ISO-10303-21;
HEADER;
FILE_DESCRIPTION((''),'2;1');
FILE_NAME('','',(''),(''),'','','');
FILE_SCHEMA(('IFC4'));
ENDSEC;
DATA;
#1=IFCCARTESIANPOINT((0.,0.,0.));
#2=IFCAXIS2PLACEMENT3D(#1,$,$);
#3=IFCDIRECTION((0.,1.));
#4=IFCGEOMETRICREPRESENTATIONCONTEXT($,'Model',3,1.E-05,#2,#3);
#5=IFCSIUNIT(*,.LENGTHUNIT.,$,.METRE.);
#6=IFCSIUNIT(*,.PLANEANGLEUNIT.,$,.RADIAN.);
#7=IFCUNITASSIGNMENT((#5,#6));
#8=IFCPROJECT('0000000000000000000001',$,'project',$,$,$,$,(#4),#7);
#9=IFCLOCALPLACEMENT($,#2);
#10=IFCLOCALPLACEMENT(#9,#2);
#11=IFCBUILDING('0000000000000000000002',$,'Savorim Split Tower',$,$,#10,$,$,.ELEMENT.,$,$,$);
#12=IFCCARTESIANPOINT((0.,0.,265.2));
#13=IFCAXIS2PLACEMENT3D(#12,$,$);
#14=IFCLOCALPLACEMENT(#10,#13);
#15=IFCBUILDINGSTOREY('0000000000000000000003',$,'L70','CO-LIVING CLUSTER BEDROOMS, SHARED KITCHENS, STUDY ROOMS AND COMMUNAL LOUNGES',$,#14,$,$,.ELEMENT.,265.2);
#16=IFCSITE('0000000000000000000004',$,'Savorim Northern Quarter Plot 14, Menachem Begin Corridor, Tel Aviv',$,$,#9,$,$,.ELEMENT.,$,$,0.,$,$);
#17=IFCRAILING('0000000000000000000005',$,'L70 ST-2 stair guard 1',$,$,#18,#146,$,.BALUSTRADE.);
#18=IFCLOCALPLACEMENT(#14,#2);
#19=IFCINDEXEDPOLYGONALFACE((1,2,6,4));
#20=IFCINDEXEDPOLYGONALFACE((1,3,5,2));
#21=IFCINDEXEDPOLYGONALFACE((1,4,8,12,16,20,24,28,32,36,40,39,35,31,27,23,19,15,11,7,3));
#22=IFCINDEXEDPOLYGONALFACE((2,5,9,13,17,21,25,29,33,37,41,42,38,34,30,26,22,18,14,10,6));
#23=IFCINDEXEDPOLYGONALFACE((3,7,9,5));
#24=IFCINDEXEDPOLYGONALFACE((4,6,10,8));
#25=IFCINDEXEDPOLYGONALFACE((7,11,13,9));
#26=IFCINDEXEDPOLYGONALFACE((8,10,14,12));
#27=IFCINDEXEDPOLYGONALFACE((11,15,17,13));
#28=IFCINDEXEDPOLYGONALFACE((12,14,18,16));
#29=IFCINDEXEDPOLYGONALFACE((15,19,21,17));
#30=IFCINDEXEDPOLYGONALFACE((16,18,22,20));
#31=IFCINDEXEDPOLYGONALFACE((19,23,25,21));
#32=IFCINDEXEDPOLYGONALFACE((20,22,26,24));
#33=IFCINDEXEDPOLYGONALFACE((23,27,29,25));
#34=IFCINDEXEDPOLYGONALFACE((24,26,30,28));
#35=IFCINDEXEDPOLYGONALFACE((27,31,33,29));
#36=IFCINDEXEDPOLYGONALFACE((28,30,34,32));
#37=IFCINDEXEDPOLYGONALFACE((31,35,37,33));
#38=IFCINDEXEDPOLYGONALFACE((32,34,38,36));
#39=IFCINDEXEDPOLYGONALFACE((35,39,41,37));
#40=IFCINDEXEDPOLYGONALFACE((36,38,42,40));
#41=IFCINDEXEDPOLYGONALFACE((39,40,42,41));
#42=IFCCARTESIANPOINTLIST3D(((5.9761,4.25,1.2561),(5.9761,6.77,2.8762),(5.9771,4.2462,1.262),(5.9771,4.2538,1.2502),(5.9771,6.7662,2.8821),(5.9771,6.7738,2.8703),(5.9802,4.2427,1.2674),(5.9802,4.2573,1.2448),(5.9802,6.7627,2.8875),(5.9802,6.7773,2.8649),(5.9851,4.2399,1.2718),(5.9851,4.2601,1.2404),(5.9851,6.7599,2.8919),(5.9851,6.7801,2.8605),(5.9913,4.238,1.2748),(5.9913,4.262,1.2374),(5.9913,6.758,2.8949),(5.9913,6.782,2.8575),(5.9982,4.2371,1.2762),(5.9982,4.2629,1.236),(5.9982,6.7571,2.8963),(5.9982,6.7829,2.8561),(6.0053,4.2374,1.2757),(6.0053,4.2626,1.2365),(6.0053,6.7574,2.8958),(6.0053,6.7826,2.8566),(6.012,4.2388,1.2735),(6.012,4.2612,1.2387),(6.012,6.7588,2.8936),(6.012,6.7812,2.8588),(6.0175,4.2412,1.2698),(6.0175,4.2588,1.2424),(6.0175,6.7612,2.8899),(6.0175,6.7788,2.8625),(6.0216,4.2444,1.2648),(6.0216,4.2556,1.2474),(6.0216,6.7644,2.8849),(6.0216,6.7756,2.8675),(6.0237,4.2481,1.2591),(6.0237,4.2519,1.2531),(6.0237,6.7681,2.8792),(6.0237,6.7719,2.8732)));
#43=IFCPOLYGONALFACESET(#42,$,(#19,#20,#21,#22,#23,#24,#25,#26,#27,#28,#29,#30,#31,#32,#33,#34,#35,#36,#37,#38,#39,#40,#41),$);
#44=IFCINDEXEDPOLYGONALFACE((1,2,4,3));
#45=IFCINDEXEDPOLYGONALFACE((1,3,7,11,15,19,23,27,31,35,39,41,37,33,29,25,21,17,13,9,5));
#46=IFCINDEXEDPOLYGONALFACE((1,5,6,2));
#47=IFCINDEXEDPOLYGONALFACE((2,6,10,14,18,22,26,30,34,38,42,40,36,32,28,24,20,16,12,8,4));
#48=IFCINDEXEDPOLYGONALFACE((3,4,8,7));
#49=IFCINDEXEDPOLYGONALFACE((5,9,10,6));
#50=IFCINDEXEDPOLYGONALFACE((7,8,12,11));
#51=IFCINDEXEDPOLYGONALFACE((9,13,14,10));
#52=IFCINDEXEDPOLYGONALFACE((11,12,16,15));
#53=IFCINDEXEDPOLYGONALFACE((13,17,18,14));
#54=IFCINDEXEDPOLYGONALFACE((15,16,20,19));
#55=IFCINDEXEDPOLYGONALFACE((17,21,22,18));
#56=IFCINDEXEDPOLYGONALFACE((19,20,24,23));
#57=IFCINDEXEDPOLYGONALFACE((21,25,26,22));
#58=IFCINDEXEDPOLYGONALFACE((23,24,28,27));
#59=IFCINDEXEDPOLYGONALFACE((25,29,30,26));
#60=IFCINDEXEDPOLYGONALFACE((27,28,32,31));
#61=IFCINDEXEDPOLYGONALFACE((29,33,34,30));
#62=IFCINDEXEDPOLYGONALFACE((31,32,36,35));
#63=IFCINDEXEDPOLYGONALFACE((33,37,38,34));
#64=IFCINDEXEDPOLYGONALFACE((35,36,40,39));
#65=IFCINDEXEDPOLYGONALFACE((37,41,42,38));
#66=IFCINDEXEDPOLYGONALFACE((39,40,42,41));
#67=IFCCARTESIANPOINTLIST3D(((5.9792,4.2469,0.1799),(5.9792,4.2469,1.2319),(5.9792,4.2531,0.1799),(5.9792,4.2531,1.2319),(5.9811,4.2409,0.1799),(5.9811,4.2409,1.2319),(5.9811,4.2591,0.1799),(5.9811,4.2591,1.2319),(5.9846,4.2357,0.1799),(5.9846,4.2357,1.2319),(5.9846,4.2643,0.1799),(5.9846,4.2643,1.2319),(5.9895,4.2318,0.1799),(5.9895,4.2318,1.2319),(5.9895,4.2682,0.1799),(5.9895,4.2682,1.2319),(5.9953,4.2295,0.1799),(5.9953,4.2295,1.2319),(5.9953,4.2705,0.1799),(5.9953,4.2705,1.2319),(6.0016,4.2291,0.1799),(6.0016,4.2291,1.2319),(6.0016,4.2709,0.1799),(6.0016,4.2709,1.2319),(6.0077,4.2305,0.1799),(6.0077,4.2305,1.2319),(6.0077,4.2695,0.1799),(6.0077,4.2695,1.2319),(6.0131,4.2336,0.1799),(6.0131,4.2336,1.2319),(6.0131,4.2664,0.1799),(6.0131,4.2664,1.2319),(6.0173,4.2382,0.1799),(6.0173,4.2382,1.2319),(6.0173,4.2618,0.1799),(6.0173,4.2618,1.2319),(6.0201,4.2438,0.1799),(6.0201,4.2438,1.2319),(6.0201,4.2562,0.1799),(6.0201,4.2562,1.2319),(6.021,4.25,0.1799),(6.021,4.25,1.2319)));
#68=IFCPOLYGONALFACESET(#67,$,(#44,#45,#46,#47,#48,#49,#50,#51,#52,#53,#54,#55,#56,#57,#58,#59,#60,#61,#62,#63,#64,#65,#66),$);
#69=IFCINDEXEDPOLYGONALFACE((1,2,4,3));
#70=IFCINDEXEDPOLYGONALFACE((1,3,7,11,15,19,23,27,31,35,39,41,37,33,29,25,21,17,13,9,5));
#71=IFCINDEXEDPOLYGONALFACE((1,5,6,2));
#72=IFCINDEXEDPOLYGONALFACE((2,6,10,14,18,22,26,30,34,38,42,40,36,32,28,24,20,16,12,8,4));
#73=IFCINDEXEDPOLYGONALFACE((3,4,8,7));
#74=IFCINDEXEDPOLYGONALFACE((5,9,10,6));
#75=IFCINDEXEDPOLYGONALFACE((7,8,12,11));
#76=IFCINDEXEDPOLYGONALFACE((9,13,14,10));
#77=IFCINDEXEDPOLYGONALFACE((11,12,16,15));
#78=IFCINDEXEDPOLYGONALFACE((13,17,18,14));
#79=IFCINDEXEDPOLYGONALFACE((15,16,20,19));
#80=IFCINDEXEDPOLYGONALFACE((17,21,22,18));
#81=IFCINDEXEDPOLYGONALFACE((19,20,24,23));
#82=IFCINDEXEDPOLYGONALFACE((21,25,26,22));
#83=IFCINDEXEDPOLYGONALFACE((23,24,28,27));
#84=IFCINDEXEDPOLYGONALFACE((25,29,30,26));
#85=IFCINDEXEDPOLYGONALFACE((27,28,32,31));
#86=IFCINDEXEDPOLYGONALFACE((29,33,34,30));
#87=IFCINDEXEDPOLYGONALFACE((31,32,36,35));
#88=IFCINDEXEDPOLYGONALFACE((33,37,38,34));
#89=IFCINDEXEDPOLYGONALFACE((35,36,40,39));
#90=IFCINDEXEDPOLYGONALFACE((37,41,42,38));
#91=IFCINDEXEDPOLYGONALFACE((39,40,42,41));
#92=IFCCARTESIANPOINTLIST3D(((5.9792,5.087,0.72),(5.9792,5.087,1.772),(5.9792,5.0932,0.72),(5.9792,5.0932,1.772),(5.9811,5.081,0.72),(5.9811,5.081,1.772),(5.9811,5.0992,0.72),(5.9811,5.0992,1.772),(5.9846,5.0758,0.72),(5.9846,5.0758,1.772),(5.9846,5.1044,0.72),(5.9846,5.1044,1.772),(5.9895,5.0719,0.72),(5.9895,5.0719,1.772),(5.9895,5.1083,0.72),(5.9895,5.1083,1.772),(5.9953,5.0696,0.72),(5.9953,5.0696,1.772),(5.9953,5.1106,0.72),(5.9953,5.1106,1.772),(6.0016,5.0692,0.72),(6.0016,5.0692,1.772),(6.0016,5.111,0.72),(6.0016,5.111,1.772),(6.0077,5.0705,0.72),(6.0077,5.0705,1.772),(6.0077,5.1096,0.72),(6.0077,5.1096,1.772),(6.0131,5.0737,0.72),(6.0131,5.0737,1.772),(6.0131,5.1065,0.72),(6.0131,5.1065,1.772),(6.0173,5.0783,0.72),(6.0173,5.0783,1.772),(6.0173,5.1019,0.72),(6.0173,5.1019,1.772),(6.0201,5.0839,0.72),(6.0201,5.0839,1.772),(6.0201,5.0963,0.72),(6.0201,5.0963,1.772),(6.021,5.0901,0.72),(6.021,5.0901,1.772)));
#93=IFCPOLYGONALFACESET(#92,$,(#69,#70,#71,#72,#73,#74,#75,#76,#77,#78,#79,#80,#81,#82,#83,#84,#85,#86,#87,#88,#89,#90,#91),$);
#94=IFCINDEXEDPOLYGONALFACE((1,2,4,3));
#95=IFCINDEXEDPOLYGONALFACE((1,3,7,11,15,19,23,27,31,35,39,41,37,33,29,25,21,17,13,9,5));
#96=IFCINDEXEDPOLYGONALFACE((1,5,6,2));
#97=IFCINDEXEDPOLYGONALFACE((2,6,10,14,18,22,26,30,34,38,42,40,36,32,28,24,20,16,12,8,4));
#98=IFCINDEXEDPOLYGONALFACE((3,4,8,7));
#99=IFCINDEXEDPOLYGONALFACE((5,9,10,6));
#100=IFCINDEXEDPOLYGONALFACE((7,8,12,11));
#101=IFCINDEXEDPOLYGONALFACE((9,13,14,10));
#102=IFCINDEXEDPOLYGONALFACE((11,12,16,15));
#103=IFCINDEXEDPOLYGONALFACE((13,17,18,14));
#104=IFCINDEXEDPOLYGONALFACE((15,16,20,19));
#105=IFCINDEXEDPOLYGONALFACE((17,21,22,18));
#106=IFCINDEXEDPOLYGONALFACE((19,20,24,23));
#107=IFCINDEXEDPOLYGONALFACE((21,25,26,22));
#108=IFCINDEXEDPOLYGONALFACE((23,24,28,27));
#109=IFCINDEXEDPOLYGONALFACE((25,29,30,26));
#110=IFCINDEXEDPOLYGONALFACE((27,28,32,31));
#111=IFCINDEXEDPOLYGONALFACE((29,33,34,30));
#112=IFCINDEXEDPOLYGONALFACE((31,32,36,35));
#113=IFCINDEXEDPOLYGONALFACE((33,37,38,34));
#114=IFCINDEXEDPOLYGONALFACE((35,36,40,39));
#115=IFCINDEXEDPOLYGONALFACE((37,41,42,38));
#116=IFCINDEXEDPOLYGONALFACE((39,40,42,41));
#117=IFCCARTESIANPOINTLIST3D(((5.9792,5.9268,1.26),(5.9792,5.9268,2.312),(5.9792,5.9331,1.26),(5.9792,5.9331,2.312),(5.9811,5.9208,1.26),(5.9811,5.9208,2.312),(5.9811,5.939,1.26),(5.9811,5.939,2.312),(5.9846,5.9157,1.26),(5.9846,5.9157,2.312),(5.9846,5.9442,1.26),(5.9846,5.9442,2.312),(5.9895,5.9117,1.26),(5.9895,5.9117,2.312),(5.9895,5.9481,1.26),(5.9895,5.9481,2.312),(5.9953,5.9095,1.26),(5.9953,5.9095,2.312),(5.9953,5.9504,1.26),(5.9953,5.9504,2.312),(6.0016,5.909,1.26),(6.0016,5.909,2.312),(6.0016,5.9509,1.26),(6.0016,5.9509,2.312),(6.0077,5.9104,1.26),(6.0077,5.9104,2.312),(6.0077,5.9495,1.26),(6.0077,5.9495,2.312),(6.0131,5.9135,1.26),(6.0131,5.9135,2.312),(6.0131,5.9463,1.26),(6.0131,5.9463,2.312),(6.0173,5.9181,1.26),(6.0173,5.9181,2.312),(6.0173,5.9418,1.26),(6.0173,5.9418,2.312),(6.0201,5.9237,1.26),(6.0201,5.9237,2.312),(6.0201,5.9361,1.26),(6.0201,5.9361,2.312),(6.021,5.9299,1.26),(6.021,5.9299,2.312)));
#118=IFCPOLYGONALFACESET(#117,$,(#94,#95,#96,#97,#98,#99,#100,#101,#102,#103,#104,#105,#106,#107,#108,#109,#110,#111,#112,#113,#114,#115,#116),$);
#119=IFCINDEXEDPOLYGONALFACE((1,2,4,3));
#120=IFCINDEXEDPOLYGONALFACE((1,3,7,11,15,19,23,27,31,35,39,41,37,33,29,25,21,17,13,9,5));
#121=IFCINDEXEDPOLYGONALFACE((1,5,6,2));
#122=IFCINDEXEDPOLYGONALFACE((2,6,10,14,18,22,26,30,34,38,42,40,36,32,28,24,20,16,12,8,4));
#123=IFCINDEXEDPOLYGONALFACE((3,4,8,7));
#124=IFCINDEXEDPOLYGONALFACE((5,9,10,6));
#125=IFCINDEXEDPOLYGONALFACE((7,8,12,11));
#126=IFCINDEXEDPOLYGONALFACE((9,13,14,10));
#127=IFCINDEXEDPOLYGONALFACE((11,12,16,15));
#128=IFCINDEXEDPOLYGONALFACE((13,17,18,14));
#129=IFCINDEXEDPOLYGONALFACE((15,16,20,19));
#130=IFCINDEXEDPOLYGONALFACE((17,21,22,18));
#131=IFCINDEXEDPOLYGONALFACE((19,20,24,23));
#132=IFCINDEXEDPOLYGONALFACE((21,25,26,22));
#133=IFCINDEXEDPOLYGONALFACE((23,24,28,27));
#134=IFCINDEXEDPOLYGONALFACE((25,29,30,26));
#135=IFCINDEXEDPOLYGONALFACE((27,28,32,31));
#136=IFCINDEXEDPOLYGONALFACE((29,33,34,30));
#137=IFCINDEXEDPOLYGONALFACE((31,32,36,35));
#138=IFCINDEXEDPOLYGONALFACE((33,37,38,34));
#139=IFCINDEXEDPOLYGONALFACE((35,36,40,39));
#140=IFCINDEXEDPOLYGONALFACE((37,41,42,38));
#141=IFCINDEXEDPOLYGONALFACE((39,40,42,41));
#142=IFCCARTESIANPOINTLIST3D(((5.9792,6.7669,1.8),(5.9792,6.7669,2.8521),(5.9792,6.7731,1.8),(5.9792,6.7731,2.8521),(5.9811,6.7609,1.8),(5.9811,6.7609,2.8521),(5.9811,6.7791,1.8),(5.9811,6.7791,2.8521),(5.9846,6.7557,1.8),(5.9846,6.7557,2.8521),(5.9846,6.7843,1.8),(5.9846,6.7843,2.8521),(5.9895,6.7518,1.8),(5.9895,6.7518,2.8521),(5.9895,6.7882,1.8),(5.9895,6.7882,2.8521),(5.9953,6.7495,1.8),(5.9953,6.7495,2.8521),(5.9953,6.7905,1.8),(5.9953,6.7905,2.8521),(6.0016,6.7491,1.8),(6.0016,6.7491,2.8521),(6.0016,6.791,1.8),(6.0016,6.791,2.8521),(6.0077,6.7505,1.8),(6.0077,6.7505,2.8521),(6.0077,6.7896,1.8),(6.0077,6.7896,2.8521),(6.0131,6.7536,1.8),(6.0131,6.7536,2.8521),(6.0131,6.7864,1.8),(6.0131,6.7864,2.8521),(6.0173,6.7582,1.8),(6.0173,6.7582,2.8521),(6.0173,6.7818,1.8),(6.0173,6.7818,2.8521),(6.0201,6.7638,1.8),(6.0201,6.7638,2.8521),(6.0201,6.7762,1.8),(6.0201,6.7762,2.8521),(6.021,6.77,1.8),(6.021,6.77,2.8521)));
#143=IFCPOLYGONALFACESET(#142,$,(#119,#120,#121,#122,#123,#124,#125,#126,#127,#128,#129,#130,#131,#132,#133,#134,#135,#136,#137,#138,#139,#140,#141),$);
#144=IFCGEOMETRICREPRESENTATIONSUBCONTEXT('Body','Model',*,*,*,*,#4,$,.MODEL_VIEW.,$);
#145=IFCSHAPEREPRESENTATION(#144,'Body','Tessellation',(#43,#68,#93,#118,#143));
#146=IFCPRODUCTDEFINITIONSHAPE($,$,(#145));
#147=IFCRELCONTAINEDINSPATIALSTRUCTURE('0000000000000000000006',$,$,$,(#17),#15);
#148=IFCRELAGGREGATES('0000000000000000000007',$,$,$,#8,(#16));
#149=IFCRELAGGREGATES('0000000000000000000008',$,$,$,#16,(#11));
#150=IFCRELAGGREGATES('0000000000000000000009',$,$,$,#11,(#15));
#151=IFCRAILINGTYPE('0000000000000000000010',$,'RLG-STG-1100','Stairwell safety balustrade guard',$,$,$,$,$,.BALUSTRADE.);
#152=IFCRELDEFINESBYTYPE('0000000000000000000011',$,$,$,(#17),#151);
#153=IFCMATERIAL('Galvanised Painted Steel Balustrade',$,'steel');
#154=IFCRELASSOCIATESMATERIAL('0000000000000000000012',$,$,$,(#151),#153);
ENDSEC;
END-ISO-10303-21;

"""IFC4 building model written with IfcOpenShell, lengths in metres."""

from ifc_helpers import new_model, si_unit, direction, frame, origin, origin_2d, place, context, subcontext, project, spatial, circle, extrude, material, type_object, element, save


model = new_model("IFC4")

# Units and contexts
model_context = context("Model", 3, precision=1e-05, world=origin(), true_north=direction((0.0, 1.0)))
body_context = subcontext(model_context, "Body", "Model", "MODEL_VIEW")
ifc_project = project(units=[si_unit("LENGTHUNIT", "METRE"), si_unit("PLANEANGLEUNIT", "RADIAN")], contexts=[model_context])

# Site, building, storey
site_placement = place(None, origin())
site = spatial("IfcSite", under=ifc_project, at=site_placement, Name="Savorim Northern Quarter Plot 14, Menachem Begin Corridor, Tel Aviv", CompositionType="ELEMENT", RefElevation=0.0)
building_placement = place(site_placement, origin())
building = spatial("IfcBuilding", under=site, at=building_placement, Name="Savorim Split Tower", CompositionType="ELEMENT")
storey_placement = place(building_placement, frame((0.0, 0.0, 265.2)))
storey = spatial("IfcBuildingStorey", under=building, at=storey_placement, Name="L70", Description="CO-LIVING CLUSTER BEDROOMS, SHARED KITCHENS, STUDY ROOMS AND COMMUNAL LOUNGES", CompositionType="ELEMENT", Elevation=265.2)

# Railing
ifc_material_1 = material(Name="Galvanised Painted Steel Balustrade", Category="steel")
railing_type_1 = type_object("IfcRailingType", Name="RLG-STG-1100", Description="Stairwell safety balustrade guard", PredefinedType="BALUSTRADE", material=ifc_material_1)
railing_1_placement = place(storey_placement, frame((6.0, 4.25, 0.1799)))
element("IfcRailing", 1, at=railing_1_placement, inside=storey, type_object=railing_type_1, Name="L70 ST-2 stair guard 1", PredefinedType="BALUSTRADE", context=body_context, shape_type="SweptSolid", body=[
    extrude(circle(Radius=0.0239, at=origin_2d()), frame((0.0, 0.0, 1.0762), z_axis=(0.0, 0.841163, 0.540782), x_axis=(-1.0, 0.0, 0.0)), (0.0, 0.0, 1.0), 2.9958),
    extrude(circle(Radius=0.021, at=origin_2d()), origin(), (0.0, 0.0, 1.0), 1.052),
    extrude(circle(Radius=0.021, at=origin_2d()), frame((0.0, 0.8401, 0.54)), (0.0, 0.0, 1.0), 1.052),
    extrude(circle(Radius=0.021, at=origin_2d()), frame((0.0, 1.6799, 1.0801)), (0.0, 0.0, 1.0), 1.052),
    extrude(circle(Radius=0.021, at=origin_2d()), frame((0.0, 2.52, 1.6201)), (0.0, 0.0, 1.0), 1.052),
])

save(model, "model.ifc")
